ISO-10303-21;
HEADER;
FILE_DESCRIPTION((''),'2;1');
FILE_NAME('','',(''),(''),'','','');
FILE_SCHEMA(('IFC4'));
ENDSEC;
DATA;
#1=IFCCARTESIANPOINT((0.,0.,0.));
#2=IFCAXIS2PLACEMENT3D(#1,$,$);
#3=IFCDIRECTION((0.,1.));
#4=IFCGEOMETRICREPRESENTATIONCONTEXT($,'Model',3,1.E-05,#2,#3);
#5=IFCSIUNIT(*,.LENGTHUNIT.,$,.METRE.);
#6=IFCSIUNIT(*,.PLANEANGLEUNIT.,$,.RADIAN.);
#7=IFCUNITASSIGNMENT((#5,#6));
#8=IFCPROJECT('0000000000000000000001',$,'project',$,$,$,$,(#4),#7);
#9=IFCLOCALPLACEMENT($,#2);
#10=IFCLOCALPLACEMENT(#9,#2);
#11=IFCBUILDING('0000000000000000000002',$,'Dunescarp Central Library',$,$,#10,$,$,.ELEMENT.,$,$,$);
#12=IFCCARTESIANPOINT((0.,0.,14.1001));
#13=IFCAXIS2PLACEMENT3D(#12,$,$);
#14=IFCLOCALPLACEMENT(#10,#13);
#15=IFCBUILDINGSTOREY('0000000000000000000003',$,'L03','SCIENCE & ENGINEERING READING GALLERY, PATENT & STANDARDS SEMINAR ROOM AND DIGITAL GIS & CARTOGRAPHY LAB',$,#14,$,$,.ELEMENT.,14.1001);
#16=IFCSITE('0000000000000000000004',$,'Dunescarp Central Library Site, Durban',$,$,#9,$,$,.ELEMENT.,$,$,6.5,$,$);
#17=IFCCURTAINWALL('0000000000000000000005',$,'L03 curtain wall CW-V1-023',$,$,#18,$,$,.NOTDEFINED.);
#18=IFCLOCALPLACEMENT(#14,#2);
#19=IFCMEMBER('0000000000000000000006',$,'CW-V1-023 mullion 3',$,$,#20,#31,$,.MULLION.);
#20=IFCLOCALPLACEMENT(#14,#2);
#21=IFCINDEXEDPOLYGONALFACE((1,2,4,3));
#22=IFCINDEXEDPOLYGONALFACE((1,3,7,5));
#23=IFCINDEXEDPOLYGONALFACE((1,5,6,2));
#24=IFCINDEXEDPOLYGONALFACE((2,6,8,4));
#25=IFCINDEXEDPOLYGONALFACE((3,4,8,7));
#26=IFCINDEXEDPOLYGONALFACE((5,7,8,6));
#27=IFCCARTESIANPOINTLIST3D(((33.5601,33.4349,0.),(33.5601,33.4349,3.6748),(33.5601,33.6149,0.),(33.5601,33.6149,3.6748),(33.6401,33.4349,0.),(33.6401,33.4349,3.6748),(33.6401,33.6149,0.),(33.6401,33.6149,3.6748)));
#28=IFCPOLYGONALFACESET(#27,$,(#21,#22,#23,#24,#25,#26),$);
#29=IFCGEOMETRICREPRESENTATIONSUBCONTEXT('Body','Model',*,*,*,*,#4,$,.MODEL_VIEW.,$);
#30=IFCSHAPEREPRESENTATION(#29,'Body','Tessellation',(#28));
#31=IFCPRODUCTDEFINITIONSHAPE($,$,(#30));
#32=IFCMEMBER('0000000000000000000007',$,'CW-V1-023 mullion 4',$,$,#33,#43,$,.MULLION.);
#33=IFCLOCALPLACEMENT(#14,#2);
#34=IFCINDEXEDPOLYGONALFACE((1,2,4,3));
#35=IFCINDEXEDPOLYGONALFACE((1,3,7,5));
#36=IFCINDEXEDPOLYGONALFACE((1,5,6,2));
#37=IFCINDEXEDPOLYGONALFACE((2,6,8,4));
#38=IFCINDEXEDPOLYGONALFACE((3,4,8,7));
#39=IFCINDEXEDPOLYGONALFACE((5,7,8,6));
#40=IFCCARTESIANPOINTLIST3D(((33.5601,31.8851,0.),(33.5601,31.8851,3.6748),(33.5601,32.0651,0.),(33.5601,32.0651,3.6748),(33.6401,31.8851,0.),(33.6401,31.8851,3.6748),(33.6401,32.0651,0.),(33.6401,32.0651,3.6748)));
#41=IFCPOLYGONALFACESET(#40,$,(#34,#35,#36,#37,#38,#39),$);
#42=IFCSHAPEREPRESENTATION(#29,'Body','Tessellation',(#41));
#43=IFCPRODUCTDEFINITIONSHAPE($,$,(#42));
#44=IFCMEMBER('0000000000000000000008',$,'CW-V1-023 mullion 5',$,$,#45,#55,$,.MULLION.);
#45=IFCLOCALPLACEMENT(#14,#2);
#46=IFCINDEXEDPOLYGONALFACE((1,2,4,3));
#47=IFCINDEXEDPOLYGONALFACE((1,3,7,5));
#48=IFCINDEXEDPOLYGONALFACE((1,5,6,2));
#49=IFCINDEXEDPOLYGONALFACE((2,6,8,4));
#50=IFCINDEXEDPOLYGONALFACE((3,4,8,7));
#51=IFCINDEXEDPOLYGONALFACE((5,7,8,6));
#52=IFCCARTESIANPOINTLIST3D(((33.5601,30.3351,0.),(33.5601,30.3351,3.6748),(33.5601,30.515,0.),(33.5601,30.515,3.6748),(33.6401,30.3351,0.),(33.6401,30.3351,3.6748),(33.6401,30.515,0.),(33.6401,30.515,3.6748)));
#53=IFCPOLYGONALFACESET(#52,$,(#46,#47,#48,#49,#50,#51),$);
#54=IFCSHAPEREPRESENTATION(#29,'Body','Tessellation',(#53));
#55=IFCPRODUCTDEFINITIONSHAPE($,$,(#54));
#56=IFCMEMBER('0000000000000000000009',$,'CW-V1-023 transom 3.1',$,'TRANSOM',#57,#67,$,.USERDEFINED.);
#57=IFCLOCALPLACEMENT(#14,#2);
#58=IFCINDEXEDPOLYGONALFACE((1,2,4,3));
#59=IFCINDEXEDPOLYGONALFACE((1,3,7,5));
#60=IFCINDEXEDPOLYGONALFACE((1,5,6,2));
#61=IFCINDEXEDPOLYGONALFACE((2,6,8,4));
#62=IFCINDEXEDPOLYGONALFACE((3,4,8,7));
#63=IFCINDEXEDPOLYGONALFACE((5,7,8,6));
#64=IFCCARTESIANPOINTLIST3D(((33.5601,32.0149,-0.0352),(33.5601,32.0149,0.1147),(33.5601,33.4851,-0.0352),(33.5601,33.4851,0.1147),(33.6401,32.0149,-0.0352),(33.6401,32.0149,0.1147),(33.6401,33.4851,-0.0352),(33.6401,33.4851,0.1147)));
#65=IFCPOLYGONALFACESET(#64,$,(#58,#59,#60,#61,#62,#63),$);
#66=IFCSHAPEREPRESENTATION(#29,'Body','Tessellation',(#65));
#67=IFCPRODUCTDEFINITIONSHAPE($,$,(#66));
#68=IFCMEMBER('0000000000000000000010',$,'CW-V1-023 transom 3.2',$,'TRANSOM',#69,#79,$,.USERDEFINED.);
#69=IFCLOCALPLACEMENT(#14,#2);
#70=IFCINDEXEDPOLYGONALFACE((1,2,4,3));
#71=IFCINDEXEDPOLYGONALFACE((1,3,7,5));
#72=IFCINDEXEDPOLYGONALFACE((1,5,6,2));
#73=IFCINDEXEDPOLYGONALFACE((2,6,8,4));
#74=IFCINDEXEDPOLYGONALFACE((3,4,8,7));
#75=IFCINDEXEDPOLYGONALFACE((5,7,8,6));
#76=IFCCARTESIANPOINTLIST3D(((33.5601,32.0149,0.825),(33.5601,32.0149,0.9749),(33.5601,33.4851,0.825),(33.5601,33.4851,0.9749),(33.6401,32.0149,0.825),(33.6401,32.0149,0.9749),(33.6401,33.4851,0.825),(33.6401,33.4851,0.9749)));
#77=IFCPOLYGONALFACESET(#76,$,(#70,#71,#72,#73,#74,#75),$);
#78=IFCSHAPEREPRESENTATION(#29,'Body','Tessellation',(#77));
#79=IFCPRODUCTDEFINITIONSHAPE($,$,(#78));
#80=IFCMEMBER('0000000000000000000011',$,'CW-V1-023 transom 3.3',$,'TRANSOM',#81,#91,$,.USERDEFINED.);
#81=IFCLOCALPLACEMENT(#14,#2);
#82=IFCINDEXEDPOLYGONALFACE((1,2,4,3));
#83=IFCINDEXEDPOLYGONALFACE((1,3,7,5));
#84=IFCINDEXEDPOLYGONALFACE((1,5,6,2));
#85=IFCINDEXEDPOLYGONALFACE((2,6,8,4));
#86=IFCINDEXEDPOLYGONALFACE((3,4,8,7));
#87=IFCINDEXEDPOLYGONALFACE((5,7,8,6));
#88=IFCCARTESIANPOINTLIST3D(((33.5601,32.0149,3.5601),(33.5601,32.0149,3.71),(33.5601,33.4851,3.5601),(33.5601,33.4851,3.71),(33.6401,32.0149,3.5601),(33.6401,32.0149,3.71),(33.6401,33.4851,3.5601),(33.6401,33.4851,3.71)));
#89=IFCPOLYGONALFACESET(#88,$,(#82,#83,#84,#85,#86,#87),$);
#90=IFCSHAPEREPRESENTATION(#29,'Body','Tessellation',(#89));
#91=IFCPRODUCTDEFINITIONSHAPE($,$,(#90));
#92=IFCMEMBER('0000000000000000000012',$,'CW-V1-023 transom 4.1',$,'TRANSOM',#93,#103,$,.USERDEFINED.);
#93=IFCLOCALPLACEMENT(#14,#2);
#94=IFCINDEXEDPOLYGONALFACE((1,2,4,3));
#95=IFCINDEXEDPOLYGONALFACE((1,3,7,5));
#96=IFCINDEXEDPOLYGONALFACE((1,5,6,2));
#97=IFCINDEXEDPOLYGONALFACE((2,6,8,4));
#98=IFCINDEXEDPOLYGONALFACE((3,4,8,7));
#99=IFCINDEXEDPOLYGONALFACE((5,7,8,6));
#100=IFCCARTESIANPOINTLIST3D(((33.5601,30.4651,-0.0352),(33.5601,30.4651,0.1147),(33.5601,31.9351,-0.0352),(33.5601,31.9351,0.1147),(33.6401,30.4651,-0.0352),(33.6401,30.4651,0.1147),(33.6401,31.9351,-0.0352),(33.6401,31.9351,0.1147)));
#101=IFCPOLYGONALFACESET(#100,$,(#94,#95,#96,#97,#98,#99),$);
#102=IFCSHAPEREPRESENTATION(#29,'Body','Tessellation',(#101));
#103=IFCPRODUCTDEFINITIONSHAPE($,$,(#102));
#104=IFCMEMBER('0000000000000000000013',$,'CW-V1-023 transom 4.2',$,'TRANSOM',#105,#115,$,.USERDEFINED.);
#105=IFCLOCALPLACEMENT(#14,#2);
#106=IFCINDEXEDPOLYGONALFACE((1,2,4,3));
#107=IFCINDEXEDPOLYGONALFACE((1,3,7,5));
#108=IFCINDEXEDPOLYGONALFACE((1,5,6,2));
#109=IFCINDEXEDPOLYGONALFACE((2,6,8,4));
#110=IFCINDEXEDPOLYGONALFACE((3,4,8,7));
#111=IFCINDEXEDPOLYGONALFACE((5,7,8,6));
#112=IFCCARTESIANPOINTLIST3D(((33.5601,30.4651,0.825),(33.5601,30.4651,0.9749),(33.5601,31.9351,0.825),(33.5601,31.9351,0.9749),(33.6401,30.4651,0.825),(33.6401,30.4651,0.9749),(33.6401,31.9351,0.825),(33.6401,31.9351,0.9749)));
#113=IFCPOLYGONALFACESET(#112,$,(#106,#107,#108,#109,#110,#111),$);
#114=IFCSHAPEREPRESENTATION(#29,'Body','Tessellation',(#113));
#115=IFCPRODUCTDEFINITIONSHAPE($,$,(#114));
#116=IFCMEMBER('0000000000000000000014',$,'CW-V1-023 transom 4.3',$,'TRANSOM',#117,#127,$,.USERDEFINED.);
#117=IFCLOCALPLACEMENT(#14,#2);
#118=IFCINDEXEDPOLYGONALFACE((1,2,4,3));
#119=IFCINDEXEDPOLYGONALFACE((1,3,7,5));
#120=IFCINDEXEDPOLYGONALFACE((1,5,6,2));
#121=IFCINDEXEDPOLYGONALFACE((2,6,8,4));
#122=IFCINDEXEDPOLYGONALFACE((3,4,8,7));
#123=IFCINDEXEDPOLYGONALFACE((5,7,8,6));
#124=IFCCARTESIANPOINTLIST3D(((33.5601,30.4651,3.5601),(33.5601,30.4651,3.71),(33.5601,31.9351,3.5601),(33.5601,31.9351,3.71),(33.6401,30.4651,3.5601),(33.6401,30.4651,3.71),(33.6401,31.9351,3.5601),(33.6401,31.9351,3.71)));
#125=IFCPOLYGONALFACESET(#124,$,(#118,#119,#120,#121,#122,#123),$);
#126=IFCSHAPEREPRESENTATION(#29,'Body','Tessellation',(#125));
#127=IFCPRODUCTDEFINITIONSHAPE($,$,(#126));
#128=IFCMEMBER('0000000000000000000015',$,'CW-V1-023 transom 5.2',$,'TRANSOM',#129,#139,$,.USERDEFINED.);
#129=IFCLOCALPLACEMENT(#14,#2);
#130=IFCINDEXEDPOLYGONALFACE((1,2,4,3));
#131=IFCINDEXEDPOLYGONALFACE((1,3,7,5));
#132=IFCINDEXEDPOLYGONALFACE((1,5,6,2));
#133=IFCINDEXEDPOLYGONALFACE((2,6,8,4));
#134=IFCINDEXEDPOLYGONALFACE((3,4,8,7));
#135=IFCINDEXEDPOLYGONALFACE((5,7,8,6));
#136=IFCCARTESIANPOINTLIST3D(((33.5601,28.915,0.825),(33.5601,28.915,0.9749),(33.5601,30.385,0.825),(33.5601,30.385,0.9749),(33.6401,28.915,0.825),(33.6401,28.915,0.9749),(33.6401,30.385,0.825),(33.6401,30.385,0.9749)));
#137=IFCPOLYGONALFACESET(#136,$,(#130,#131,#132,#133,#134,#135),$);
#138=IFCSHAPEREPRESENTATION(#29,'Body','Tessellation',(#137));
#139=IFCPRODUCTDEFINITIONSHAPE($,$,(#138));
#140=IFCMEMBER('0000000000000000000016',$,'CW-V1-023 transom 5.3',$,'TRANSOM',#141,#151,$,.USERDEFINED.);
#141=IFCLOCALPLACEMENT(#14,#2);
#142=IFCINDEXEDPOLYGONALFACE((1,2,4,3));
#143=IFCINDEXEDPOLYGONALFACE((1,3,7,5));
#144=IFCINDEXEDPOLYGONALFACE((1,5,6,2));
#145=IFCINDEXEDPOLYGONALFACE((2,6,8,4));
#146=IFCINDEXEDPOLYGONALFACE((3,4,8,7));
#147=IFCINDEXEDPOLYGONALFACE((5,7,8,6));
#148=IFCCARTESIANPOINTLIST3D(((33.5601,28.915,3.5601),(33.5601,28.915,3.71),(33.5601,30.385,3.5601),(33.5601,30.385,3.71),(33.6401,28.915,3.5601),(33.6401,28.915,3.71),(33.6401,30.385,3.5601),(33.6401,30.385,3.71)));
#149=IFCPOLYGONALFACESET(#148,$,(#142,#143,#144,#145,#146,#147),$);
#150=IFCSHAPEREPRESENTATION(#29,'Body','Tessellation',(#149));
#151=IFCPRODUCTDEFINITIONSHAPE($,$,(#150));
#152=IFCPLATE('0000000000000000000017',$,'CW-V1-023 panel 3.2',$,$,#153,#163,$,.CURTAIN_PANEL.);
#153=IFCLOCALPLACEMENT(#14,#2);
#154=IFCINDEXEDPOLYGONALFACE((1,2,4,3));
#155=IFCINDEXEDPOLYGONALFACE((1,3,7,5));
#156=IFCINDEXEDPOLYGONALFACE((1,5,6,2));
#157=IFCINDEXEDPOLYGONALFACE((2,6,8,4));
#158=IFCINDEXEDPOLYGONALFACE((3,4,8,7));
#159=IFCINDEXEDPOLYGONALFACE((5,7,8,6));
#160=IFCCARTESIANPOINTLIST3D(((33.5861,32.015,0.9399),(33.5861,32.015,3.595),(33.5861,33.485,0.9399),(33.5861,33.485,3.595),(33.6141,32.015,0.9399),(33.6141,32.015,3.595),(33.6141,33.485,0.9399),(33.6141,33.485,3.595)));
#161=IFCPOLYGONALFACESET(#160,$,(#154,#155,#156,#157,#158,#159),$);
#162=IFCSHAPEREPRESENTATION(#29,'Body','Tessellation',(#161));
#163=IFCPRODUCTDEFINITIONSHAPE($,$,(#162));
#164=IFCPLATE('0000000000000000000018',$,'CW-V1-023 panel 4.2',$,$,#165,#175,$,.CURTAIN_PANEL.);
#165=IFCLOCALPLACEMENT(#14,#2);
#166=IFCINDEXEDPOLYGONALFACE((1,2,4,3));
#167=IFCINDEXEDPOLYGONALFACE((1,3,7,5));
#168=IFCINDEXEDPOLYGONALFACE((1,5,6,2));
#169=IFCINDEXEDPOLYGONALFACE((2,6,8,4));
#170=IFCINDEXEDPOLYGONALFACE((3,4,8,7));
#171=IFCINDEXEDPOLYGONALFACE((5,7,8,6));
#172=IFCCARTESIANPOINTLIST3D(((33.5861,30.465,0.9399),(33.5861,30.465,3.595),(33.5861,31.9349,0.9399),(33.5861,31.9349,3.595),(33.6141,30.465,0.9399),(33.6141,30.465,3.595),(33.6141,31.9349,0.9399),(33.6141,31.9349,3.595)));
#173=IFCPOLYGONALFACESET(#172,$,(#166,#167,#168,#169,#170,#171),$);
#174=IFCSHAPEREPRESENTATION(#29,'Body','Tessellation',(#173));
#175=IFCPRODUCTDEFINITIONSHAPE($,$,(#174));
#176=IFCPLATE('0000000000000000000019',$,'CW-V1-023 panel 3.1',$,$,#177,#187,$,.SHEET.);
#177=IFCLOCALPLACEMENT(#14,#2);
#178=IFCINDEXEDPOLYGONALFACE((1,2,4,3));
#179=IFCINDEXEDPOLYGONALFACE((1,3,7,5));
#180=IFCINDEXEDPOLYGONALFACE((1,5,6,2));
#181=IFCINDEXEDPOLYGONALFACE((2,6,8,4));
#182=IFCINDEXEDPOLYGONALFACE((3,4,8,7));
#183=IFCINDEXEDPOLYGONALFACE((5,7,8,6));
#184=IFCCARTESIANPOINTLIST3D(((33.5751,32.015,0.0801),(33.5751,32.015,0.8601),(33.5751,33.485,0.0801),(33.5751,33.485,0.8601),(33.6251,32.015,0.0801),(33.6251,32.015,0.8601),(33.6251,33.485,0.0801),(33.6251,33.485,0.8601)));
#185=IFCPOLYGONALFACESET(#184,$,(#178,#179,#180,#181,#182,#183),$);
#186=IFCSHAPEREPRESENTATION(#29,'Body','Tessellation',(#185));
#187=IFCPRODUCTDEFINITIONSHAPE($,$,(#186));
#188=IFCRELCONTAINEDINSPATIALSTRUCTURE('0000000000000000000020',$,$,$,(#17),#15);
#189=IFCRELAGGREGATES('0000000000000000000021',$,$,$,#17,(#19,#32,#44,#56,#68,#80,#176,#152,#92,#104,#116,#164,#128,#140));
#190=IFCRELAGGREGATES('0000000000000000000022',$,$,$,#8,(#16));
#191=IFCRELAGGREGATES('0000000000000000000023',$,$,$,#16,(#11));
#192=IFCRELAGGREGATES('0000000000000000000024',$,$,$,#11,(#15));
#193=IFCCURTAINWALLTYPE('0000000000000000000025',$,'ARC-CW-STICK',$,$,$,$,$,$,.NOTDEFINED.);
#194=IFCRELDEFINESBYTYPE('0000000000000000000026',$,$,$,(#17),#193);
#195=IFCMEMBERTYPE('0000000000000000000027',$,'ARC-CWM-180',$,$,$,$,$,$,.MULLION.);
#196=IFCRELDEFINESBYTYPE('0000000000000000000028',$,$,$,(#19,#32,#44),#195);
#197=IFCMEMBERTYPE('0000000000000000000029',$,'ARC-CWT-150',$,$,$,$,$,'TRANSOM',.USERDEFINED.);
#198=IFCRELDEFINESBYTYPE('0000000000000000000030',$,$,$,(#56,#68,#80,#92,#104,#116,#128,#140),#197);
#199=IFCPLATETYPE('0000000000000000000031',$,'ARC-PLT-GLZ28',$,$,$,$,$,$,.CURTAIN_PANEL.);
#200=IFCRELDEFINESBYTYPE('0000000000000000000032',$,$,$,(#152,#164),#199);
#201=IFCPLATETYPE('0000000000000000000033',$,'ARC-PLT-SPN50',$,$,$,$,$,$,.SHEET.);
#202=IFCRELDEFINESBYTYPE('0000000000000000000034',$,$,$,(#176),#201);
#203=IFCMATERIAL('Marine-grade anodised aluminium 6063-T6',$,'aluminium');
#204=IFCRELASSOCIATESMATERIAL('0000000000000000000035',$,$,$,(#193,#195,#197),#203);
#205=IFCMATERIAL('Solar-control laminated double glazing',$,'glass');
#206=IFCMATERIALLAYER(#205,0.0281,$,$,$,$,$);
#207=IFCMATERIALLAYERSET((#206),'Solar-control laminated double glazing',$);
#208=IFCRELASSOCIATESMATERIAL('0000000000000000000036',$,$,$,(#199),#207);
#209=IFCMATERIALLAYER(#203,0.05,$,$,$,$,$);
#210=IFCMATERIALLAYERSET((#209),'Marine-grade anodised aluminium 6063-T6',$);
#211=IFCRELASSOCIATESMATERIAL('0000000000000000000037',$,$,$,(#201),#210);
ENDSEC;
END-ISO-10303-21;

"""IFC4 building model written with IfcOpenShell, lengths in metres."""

from ifc_helpers import new_model, si_unit, direction, frame, origin, origin_2d, place, context, subcontext, project, spatial, rectangle, extrude, material, layer, layer_set, material_profile, profile_set, type_object, element, aggregate, save


model = new_model("IFC4")

# Units and contexts
model_context = context("Model", 3, precision=1e-05, world=origin(), true_north=direction((0.0, 1.0)))
body_context = subcontext(model_context, "Body", "Model", "MODEL_VIEW")
ifc_project = project(units=[si_unit("LENGTHUNIT", "METRE"), si_unit("PLANEANGLEUNIT", "RADIAN")], contexts=[model_context])

# Site, building, storey
site_placement = place(None, origin())
site = spatial("IfcSite", under=ifc_project, at=site_placement, Name="Dunescarp Central Library Site, Durban", CompositionType="ELEMENT", RefElevation=6.5)
building_placement = place(site_placement, origin())
building = spatial("IfcBuilding", under=site, at=building_placement, Name="Dunescarp Central Library", CompositionType="ELEMENT")
storey_placement = place(building_placement, frame((0.0, 0.0, 14.1001)))
storey = spatial("IfcBuildingStorey", under=building, at=storey_placement, Name="L03", Description="SCIENCE & ENGINEERING READING GALLERY, PATENT & STANDARDS SEMINAR ROOM AND DIGITAL GIS & CARTOGRAPHY LAB", CompositionType="ELEMENT", Elevation=14.1001)

# Curtain wall, members, plates
ifc_material_1 = material(Name="Marine-grade anodised aluminium 6063-T6", Category="aluminium")
curtain_wall_type = type_object("IfcCurtainWallType", Name="ARC-CW-STICK", PredefinedType="NOTDEFINED", material=ifc_material_1)
curtain_wall_placement = place(storey_placement, origin())
curtain_wall = element("IfcCurtainWall", 1, at=curtain_wall_placement, inside=storey, type_object=curtain_wall_type, Name="L03 curtain wall CW-V1-023", PredefinedType="NOTDEFINED")
ifc_material_profile_1 = material_profile(ifc_material_1, rectangle(XDim=0.0801, YDim=0.1799, at=origin_2d()), Name="AL 80x180")
ifc_profile_set_1 = profile_set([ifc_material_profile_1], Name="Marine-grade anodised aluminium 6063-T6")
member_type_1 = type_object("IfcMemberType", Name="ARC-CWM-180", PredefinedType="MULLION", material=ifc_profile_set_1)
member_1_placement = place(storey_placement, frame((33.6001, 33.5249, 0.0), z_axis=(0.0, 0.0, 1.0), x_axis=(1.0, 0.0, 0.0)))
member_1 = element("IfcMember", 2, at=member_1_placement, type_object=member_type_1, Name="CW-V1-023 mullion 3", PredefinedType="MULLION", context=body_context, shape_type="SweptSolid", body=[
    extrude(rectangle(XDim=0.0801, YDim=0.1799, at=origin_2d()), origin(), (0.0, 0.0, 1.0), 3.6748),
])
member_2_placement = place(storey_placement, frame((33.6001, 31.9751, 0.0), z_axis=(0.0, 0.0, 1.0), x_axis=(1.0, 0.0, 0.0)))
member_2 = element("IfcMember", 3, at=member_2_placement, type_object=member_type_1, Name="CW-V1-023 mullion 4", PredefinedType="MULLION", context=body_context, shape_type="SweptSolid", body=[
    extrude(rectangle(XDim=0.0801, YDim=0.1799, at=origin_2d()), origin(), (0.0, 0.0, 1.0), 3.6748),
])
member_3_placement = place(storey_placement, frame((33.6001, 30.425, 0.0), z_axis=(0.0, 0.0, 1.0), x_axis=(1.0, 0.0, 0.0)))
member_3 = element("IfcMember", 4, at=member_3_placement, type_object=member_type_1, Name="CW-V1-023 mullion 5", PredefinedType="MULLION", context=body_context, shape_type="SweptSolid", body=[
    extrude(rectangle(XDim=0.0801, YDim=0.1799, at=origin_2d()), origin(), (0.0, 0.0, 1.0), 3.6748),
])
ifc_material_profile_2 = material_profile(ifc_material_1, rectangle(XDim=0.0801, YDim=0.1499, at=origin_2d()), Name="AL 80x150")
ifc_profile_set_2 = profile_set([ifc_material_profile_2], Name="Marine-grade anodised aluminium 6063-T6")
member_type_2 = type_object("IfcMemberType", Name="ARC-CWT-150", ElementType="TRANSOM", PredefinedType="USERDEFINED", material=ifc_profile_set_2)
member_4_placement = place(storey_placement, frame((33.6001, 33.4851, 0.0398), z_axis=(0.0, -1.0, 0.0), x_axis=(1.0, 0.0, 0.0)))
member_4 = element("IfcMember", 5, at=member_4_placement, type_object=member_type_2, Name="CW-V1-023 transom 3.1", ObjectType="TRANSOM", PredefinedType="USERDEFINED", context=body_context, shape_type="SweptSolid", body=[
    extrude(rectangle(XDim=0.0801, YDim=0.1499, at=origin_2d()), origin(), (0.0, 0.0, 1.0), 1.4702),
])
member_5_placement = place(storey_placement, frame((33.6001, 33.4851, 0.8999), z_axis=(0.0, -1.0, 0.0), x_axis=(1.0, 0.0, 0.0)))
member_5 = element("IfcMember", 6, at=member_5_placement, type_object=member_type_2, Name="CW-V1-023 transom 3.2", ObjectType="TRANSOM", PredefinedType="USERDEFINED", context=body_context, shape_type="SweptSolid", body=[
    extrude(rectangle(XDim=0.0801, YDim=0.1499, at=origin_2d()), origin(), (0.0, 0.0, 1.0), 1.4702),
])
member_6_placement = place(storey_placement, frame((33.6001, 33.4851, 3.635), z_axis=(0.0, -1.0, 0.0), x_axis=(1.0, 0.0, 0.0)))
member_6 = element("IfcMember", 7, at=member_6_placement, type_object=member_type_2, Name="CW-V1-023 transom 3.3", ObjectType="TRANSOM", PredefinedType="USERDEFINED", context=body_context, shape_type="SweptSolid", body=[
    extrude(rectangle(XDim=0.0801, YDim=0.1499, at=origin_2d()), origin(), (0.0, 0.0, 1.0), 1.4702),
])
member_7_placement = place(storey_placement, frame((33.6001, 31.9351, 0.0398), z_axis=(0.0, -1.0, 0.0), x_axis=(1.0, 0.0, 0.0)))
member_7 = element("IfcMember", 8, at=member_7_placement, type_object=member_type_2, Name="CW-V1-023 transom 4.1", ObjectType="TRANSOM", PredefinedType="USERDEFINED", context=body_context, shape_type="SweptSolid", body=[
    extrude(rectangle(XDim=0.0801, YDim=0.1499, at=origin_2d()), origin(), (0.0, 0.0, 1.0), 1.47),
])
member_8_placement = place(storey_placement, frame((33.6001, 31.9351, 0.8999), z_axis=(0.0, -1.0, 0.0), x_axis=(1.0, 0.0, 0.0)))
member_8 = element("IfcMember", 9, at=member_8_placement, type_object=member_type_2, Name="CW-V1-023 transom 4.2", ObjectType="TRANSOM", PredefinedType="USERDEFINED", context=body_context, shape_type="SweptSolid", body=[
    extrude(rectangle(XDim=0.0801, YDim=0.1499, at=origin_2d()), origin(), (0.0, 0.0, 1.0), 1.47),
])
member_9_placement = place(storey_placement, frame((33.6001, 31.9351, 3.635), z_axis=(0.0, -1.0, 0.0), x_axis=(1.0, 0.0, 0.0)))
member_9 = element("IfcMember", 10, at=member_9_placement, type_object=member_type_2, Name="CW-V1-023 transom 4.3", ObjectType="TRANSOM", PredefinedType="USERDEFINED", context=body_context, shape_type="SweptSolid", body=[
    extrude(rectangle(XDim=0.0801, YDim=0.1499, at=origin_2d()), origin(), (0.0, 0.0, 1.0), 1.47),
])
member_10_placement = place(storey_placement, frame((33.6001, 30.385, 0.8999), z_axis=(0.0, -1.0, 0.0), x_axis=(1.0, 0.0, 0.0)))
member_10 = element("IfcMember", 11, at=member_10_placement, type_object=member_type_2, Name="CW-V1-023 transom 5.2", ObjectType="TRANSOM", PredefinedType="USERDEFINED", context=body_context, shape_type="SweptSolid", body=[
    extrude(rectangle(XDim=0.0801, YDim=0.1499, at=origin_2d()), origin(), (0.0, 0.0, 1.0), 1.47),
])
member_11_placement = place(storey_placement, frame((33.6001, 30.385, 3.635), z_axis=(0.0, -1.0, 0.0), x_axis=(1.0, 0.0, 0.0)))
member_11 = element("IfcMember", 12, at=member_11_placement, type_object=member_type_2, Name="CW-V1-023 transom 5.3", ObjectType="TRANSOM", PredefinedType="USERDEFINED", context=body_context, shape_type="SweptSolid", body=[
    extrude(rectangle(XDim=0.0801, YDim=0.1499, at=origin_2d()), origin(), (0.0, 0.0, 1.0), 1.47),
])
ifc_material_2 = material(Name="Solar-control laminated double glazing", Category="glass")
ifc_layer_1 = layer(ifc_material_2, 0.0281)
ifc_layer_set_1 = layer_set([ifc_layer_1], Name="Solar-control laminated double glazing")
plate_type_1 = type_object("IfcPlateType", Name="ARC-PLT-GLZ28", PredefinedType="CURTAIN_PANEL", material=ifc_layer_set_1)
plate_1_placement = place(storey_placement, frame((33.6001, 32.75, 0.9399), z_axis=(0.0, 0.0, 1.0), x_axis=(0.0, -1.0, 0.0)))
plate_1 = element("IfcPlate", 13, at=plate_1_placement, type_object=plate_type_1, Name="CW-V1-023 panel 3.2", PredefinedType="CURTAIN_PANEL", context=body_context, shape_type="SweptSolid", body=[
    extrude(rectangle(XDim=1.47, YDim=0.0281, at=origin_2d()), origin(), (0.0, 0.0, 1.0), 2.655),
])
plate_2_placement = place(storey_placement, frame((33.6001, 31.2, 0.9399), z_axis=(0.0, 0.0, 1.0), x_axis=(0.0, -1.0, 0.0)))
plate_2 = element("IfcPlate", 14, at=plate_2_placement, type_object=plate_type_1, Name="CW-V1-023 panel 4.2", PredefinedType="CURTAIN_PANEL", context=body_context, shape_type="SweptSolid", body=[
    extrude(rectangle(XDim=1.47, YDim=0.0281, at=origin_2d()), origin(), (0.0, 0.0, 1.0), 2.655),
])
ifc_layer_2 = layer(ifc_material_1, 0.05)
ifc_layer_set_2 = layer_set([ifc_layer_2], Name="Marine-grade anodised aluminium 6063-T6")
plate_type_2 = type_object("IfcPlateType", Name="ARC-PLT-SPN50", PredefinedType="SHEET", material=ifc_layer_set_2)
plate_3_placement = place(storey_placement, frame((33.6001, 32.75, 0.0801), z_axis=(0.0, 0.0, 1.0), x_axis=(0.0, -1.0, 0.0)))
plate_3 = element("IfcPlate", 15, at=plate_3_placement, type_object=plate_type_2, Name="CW-V1-023 panel 3.1", PredefinedType="SHEET", context=body_context, shape_type="SweptSolid", body=[
    extrude(rectangle(XDim=1.47, YDim=0.05, at=origin_2d()), origin(), (0.0, 0.0, 1.0), 0.78),
])
aggregate(curtain_wall, [member_1, member_2, member_3, member_4, member_5, member_6, plate_3, plate_1, member_7, member_8, member_9, plate_2, member_10, member_11])

save(model, "model.ifc")
